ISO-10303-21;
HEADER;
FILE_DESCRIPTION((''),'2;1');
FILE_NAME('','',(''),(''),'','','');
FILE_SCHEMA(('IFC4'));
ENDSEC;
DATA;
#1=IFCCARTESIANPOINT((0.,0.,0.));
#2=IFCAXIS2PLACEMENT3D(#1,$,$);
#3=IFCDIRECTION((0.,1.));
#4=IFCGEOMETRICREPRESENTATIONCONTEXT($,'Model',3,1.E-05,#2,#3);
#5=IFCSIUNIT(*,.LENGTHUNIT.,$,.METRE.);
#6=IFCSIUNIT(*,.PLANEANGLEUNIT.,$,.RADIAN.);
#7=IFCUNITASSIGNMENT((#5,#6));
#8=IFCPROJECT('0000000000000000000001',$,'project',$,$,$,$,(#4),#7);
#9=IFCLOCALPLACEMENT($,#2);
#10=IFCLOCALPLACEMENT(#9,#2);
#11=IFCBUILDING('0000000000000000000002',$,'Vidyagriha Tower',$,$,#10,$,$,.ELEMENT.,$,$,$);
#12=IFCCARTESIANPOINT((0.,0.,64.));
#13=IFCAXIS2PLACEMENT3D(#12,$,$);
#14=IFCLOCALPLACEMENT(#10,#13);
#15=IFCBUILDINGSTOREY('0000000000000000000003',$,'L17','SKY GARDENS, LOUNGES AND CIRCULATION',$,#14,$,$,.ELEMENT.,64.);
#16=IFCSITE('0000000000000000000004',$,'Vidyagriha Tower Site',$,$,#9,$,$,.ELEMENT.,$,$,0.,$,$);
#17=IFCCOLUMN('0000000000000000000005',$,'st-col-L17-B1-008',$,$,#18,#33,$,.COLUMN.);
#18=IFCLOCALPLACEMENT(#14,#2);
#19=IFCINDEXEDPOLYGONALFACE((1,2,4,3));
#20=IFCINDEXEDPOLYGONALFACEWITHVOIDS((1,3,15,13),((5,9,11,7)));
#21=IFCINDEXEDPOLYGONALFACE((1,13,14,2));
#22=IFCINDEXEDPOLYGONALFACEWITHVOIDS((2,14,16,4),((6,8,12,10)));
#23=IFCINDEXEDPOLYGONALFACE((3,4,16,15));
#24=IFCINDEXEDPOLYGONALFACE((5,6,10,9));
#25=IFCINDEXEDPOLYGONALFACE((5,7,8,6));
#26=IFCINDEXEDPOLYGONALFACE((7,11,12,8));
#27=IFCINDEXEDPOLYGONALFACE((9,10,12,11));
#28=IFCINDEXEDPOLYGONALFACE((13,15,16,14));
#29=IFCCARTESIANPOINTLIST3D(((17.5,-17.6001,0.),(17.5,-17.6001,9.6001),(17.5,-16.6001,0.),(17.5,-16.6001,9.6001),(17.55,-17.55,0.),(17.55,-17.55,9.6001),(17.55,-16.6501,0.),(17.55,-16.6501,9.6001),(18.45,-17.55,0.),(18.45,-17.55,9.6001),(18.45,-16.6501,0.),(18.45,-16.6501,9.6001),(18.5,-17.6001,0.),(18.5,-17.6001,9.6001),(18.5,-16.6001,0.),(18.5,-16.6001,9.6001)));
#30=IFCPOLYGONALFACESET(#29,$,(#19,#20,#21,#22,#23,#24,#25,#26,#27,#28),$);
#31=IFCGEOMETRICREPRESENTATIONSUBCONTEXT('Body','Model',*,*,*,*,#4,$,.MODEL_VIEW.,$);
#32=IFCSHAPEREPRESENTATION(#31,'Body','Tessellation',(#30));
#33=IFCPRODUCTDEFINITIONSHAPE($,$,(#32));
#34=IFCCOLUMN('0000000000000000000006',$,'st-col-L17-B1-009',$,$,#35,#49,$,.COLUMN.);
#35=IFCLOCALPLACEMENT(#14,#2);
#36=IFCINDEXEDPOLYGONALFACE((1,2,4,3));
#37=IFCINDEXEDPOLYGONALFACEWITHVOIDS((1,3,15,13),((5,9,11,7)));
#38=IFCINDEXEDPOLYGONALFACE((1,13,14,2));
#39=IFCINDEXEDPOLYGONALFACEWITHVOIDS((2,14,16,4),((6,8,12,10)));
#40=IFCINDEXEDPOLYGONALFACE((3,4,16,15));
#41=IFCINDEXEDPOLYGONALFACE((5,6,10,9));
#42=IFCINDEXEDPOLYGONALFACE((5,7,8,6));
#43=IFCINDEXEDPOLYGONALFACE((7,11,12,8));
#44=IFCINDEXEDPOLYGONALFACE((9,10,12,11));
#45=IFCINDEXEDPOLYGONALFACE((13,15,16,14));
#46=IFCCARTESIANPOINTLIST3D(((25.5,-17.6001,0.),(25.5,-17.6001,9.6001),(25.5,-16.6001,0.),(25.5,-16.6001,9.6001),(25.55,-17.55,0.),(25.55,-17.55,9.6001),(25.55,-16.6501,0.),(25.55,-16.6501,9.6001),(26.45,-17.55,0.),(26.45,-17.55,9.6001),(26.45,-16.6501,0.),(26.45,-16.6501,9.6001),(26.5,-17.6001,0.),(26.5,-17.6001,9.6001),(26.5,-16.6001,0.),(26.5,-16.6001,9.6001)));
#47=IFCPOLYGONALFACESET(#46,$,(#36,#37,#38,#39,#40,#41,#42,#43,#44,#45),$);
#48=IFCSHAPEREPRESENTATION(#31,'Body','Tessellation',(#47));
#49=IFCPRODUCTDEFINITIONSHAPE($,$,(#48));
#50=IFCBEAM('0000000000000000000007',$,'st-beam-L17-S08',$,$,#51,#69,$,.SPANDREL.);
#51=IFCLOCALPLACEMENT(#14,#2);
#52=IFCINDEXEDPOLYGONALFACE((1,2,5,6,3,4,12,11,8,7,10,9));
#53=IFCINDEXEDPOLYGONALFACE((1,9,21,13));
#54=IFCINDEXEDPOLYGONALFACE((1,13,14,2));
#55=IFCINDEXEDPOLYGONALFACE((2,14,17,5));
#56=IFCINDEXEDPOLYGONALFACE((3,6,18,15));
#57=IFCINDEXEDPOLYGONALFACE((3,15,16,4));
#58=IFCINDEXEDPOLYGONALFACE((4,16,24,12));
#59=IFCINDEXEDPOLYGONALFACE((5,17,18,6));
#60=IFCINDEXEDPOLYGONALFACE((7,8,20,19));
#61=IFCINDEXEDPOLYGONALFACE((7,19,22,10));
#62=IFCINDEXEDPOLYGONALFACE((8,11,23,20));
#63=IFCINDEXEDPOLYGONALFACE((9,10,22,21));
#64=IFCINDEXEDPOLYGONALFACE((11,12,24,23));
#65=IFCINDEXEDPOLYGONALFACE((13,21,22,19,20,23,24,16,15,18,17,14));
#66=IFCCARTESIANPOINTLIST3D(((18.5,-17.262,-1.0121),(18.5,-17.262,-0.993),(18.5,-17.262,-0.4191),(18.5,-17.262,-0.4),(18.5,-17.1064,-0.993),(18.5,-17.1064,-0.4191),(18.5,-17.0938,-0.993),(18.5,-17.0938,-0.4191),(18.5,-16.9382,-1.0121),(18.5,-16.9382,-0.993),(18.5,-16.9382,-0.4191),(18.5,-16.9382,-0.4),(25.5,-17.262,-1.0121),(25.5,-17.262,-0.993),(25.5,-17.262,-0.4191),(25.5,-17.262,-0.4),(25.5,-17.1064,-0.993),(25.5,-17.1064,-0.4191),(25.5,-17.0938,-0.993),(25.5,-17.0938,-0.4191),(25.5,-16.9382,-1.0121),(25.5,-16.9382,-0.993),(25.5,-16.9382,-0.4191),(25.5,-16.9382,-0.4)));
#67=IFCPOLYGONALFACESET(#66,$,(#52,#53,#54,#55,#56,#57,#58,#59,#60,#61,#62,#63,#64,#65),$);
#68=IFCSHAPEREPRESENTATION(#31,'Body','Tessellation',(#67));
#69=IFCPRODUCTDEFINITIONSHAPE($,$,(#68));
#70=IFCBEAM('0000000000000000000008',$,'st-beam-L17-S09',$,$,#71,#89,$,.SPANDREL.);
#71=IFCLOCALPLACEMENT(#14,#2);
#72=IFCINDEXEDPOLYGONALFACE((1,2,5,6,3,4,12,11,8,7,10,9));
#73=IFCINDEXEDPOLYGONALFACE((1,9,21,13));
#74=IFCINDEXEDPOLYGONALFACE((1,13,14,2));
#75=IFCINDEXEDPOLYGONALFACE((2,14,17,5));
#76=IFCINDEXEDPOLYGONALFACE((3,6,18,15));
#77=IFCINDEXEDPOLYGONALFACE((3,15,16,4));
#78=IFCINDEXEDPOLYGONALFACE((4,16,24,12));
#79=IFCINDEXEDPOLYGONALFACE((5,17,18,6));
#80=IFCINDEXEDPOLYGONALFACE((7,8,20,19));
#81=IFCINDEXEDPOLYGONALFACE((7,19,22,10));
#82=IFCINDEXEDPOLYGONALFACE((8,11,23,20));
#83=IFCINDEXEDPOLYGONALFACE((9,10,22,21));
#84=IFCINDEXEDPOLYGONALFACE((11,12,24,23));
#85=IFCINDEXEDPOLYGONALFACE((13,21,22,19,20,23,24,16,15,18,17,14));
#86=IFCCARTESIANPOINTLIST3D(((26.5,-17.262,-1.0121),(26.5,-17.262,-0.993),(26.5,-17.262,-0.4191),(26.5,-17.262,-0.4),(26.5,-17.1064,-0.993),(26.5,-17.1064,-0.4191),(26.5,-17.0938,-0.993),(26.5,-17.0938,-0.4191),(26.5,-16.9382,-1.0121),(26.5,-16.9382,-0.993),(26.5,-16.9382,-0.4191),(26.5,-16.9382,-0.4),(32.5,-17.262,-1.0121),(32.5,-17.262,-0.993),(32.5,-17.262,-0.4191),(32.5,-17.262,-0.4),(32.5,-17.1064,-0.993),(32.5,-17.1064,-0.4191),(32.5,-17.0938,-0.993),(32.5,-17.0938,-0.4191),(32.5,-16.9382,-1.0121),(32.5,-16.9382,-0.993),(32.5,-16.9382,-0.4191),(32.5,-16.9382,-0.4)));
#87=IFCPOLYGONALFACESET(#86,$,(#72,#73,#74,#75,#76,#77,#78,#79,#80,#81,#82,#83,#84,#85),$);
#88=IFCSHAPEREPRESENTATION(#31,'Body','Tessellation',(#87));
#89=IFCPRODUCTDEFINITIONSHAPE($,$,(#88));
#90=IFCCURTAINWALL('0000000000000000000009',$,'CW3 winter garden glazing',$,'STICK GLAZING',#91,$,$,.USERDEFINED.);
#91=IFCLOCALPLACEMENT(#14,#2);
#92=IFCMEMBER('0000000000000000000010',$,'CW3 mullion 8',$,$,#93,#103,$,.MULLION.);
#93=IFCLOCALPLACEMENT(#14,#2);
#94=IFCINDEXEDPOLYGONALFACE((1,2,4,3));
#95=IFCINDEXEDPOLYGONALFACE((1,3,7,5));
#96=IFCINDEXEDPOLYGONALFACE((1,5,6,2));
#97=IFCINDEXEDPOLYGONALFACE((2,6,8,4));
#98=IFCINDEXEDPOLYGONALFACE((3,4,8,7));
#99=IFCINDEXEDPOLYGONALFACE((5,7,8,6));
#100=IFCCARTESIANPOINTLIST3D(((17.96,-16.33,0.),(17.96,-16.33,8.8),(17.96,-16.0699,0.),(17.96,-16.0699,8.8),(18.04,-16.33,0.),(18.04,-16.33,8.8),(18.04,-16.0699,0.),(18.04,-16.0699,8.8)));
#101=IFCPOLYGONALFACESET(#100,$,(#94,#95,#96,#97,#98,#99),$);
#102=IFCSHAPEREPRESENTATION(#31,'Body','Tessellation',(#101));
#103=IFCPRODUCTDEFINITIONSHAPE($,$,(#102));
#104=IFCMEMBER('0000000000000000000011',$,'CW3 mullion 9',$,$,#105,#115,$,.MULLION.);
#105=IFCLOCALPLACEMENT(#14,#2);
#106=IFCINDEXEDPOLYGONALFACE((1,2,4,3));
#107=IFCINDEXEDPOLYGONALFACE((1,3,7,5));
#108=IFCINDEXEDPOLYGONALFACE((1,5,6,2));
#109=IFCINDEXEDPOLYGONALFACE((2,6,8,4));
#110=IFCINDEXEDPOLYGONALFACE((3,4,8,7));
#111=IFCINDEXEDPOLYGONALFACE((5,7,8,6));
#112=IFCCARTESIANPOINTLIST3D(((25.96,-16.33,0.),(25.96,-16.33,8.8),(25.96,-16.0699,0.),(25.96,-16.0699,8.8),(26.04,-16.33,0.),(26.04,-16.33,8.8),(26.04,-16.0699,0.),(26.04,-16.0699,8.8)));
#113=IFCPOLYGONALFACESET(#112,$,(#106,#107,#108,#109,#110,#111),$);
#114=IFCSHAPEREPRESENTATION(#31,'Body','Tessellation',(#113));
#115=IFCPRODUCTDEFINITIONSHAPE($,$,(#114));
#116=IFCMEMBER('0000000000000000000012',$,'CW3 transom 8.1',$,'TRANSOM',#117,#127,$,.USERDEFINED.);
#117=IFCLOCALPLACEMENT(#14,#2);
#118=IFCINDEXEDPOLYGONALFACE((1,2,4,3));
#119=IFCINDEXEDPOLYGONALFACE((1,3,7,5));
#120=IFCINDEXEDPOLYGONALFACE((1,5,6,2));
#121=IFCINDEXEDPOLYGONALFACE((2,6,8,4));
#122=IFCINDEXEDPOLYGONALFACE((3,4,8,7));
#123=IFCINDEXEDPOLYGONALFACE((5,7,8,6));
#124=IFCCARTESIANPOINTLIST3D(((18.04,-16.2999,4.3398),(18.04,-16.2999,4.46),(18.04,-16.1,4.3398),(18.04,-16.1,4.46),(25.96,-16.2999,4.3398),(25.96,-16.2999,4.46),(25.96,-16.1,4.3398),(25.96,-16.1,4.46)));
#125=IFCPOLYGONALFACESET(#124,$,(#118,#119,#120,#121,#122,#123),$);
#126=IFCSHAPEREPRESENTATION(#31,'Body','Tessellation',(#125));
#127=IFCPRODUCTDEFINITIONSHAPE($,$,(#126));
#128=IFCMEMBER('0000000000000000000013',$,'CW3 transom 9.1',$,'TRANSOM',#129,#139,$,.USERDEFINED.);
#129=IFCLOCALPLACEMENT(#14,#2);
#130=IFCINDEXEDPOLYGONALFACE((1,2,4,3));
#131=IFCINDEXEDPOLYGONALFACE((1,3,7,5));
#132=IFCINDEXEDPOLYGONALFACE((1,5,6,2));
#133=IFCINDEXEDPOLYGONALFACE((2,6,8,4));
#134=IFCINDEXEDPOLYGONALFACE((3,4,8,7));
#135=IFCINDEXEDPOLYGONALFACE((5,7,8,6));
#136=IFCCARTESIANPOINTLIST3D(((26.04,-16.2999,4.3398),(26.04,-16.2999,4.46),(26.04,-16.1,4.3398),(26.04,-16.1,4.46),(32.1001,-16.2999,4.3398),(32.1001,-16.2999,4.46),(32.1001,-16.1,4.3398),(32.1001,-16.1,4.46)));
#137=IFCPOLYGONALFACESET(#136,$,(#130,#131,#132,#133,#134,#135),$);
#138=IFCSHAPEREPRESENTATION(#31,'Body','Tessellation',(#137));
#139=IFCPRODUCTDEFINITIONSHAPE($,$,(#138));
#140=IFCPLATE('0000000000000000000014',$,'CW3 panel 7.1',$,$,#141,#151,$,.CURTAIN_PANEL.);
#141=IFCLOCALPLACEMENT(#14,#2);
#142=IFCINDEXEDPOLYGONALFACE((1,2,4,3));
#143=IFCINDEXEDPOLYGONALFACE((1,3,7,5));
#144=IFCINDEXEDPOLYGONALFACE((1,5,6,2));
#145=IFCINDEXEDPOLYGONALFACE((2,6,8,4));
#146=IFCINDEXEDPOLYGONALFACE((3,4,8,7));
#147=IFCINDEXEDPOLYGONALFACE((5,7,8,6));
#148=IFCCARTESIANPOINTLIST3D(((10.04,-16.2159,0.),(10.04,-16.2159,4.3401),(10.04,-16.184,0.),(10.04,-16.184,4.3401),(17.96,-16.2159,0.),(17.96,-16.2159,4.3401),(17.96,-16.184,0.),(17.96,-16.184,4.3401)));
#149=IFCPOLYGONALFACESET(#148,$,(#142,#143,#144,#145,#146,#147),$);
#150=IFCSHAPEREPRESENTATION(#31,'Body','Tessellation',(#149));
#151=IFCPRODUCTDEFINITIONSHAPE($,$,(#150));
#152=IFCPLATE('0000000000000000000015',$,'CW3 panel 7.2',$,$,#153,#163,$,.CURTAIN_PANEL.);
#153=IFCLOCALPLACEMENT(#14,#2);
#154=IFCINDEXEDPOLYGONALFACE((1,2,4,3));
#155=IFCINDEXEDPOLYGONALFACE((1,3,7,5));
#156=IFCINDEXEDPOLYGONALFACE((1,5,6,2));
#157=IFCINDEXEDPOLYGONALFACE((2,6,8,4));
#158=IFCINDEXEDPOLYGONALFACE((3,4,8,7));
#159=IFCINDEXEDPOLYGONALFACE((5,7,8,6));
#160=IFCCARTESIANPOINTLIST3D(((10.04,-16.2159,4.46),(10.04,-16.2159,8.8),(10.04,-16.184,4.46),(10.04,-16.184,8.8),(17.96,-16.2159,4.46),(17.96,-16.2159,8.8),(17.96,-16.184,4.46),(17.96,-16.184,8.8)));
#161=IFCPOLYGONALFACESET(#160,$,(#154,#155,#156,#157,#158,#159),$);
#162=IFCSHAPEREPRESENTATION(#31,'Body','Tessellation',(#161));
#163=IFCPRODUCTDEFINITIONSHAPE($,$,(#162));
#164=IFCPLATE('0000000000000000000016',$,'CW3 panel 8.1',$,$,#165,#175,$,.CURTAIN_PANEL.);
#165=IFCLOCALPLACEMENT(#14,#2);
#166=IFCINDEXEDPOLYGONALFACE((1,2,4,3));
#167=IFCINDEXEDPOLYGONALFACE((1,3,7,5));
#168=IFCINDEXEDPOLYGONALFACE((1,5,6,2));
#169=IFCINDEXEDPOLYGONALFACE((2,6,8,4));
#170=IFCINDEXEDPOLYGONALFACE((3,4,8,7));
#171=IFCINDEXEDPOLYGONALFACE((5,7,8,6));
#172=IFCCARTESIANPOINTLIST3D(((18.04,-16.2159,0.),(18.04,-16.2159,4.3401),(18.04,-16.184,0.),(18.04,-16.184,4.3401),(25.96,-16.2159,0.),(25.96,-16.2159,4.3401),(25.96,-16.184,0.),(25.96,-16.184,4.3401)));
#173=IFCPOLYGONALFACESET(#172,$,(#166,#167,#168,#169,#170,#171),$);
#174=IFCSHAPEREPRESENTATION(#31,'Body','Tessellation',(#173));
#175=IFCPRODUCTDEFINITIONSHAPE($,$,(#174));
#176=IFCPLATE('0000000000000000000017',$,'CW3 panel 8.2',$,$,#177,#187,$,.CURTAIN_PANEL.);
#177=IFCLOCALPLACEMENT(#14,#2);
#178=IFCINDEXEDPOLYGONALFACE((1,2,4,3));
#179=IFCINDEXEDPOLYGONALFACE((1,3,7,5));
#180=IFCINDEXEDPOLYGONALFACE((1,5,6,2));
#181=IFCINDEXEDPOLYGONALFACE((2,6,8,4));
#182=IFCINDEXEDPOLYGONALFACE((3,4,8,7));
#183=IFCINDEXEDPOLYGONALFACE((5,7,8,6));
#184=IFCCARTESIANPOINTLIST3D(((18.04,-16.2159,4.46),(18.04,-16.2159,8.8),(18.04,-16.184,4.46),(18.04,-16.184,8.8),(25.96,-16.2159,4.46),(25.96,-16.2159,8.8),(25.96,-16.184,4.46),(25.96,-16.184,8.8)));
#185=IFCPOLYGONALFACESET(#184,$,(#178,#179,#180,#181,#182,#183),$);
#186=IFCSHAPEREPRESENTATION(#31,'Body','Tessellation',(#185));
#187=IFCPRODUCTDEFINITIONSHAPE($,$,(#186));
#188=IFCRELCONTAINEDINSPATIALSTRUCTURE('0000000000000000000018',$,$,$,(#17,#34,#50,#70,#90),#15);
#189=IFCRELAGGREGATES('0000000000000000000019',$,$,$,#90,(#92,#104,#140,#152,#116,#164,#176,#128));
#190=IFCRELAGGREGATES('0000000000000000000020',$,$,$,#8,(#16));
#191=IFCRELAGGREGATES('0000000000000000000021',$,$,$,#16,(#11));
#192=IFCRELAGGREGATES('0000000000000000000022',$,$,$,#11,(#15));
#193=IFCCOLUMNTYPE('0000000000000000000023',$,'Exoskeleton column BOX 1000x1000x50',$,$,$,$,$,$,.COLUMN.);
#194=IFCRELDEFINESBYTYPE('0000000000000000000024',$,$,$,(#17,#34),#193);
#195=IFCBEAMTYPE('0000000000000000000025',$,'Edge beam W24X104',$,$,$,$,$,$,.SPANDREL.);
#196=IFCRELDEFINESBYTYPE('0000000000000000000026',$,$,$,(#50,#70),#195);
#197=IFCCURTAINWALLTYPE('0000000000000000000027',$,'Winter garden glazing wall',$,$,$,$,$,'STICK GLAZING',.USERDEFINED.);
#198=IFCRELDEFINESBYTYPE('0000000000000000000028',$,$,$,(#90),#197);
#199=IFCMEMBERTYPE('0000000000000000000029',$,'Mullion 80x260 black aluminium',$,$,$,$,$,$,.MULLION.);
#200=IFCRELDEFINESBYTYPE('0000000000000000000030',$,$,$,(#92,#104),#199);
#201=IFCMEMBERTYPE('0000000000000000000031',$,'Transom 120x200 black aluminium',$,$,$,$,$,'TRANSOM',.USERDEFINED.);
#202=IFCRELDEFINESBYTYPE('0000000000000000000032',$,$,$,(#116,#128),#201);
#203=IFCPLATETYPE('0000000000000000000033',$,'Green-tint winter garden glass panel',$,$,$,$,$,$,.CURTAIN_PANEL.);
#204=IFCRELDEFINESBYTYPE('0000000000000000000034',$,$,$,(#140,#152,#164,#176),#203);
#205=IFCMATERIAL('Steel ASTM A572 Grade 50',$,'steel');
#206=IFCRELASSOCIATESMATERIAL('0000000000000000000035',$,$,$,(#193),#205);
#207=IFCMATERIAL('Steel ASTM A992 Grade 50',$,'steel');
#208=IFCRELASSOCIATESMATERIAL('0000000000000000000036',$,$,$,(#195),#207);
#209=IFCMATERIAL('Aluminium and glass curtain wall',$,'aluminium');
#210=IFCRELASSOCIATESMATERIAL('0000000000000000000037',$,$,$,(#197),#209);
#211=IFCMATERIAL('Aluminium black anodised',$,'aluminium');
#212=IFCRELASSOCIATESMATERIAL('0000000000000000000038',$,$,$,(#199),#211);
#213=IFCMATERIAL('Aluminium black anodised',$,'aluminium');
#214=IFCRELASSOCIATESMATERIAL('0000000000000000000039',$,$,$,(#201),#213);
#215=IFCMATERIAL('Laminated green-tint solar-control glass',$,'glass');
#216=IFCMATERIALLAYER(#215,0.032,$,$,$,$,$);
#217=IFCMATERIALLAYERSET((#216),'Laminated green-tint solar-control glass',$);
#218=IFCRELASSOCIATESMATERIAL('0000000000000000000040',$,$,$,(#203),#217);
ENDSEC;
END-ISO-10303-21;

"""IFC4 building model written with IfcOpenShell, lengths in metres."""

from ifc_helpers import new_model, si_unit, direction, frame, origin, origin_2d, place, context, subcontext, project, spatial, rectangle, hollow_rectangle, i_section, extrude, material, layer, layer_set, material_profile, profile_set, type_object, element, aggregate, save


model = new_model("IFC4")

# Units and contexts
model_context = context("Model", 3, precision=1e-05, world=origin(), true_north=direction((0.0, 1.0)))
body_context = subcontext(model_context, "Body", "Model", "MODEL_VIEW")
ifc_project = project(units=[si_unit("LENGTHUNIT", "METRE"), si_unit("PLANEANGLEUNIT", "RADIAN")], contexts=[model_context])

# Site, building, storey
site_placement = place(None, origin())
site = spatial("IfcSite", under=ifc_project, at=site_placement, Name="Vidyagriha Tower Site", CompositionType="ELEMENT", RefElevation=0.0)
building_placement = place(site_placement, origin())
building = spatial("IfcBuilding", under=site, at=building_placement, Name="Vidyagriha Tower", CompositionType="ELEMENT")
storey_placement = place(building_placement, frame((0.0, 0.0, 64.0)))
storey = spatial("IfcBuildingStorey", under=building, at=storey_placement, Name="L17", Description="SKY GARDENS, LOUNGES AND CIRCULATION", CompositionType="ELEMENT", Elevation=64.0)

# Columns
ifc_material_1 = material(Name="Steel ASTM A572 Grade 50", Category="steel")
ifc_material_profile_1 = material_profile(ifc_material_1, hollow_rectangle(XDim=1.0, YDim=1.0, WallThickness=0.05, at=origin_2d()), Name="BOX 1000x1000x50")
ifc_profile_set_1 = profile_set([ifc_material_profile_1], Name="Steel ASTM A572 Grade 50")
column_type = type_object("IfcColumnType", Name="Exoskeleton column BOX 1000x1000x50", PredefinedType="COLUMN", material=ifc_profile_set_1)
for number, where, name in (
    (1, (18.0, -17.1001, 0.0), "st-col-L17-B1-008"),
    (2, (26.0, -17.1001, 0.0), "st-col-L17-B1-009"),
):
    element("IfcColumn", number, at=place(storey_placement, frame(where)), inside=storey, type_object=column_type, Name=name, PredefinedType="COLUMN", context=body_context, shape_type="SweptSolid", body=[
        extrude(hollow_rectangle(XDim=1.0, YDim=1.0, WallThickness=0.05, at=origin_2d()), origin(), (0.0, 0.0, 1.0), 9.6001),
    ])

# Beams
ifc_material_2 = material(Name="Steel ASTM A992 Grade 50", Category="steel")
ifc_material_profile_2 = material_profile(ifc_material_2, i_section(OverallWidth=0.3237, OverallDepth=0.6121, WebThickness=0.0127, FlangeThickness=0.019, at=origin_2d()), Name="W24X104")
ifc_profile_set_2 = profile_set([ifc_material_profile_2], Name="Steel ASTM A992 Grade 50")
beam_type = type_object("IfcBeamType", Name="Edge beam W24X104", PredefinedType="SPANDREL", material=ifc_profile_set_2)
beam_1_placement = place(storey_placement, frame((18.5, -17.1001, -0.7061), z_axis=(1.0, 0.0, 0.0), x_axis=(0.0, 1.0, 0.0)))
element("IfcBeam", 3, at=beam_1_placement, inside=storey, type_object=beam_type, Name="st-beam-L17-S08", PredefinedType="SPANDREL", context=body_context, shape_type="SweptSolid", body=[
    extrude(i_section(OverallWidth=0.3237, OverallDepth=0.6121, WebThickness=0.0127, FlangeThickness=0.019, at=origin_2d()), origin(), (0.0, 0.0, 1.0), 7.0),
])
beam_2_placement = place(storey_placement, frame((26.5, -17.1001, -0.7061), z_axis=(1.0, 0.0, 0.0), x_axis=(0.0, 1.0, 0.0)))
element("IfcBeam", 4, at=beam_2_placement, inside=storey, type_object=beam_type, Name="st-beam-L17-S09", PredefinedType="SPANDREL", context=body_context, shape_type="SweptSolid", body=[
    extrude(i_section(OverallWidth=0.3237, OverallDepth=0.6121, WebThickness=0.0127, FlangeThickness=0.019, at=origin_2d()), origin(), (0.0, 0.0, 1.0), 6.0),
])

# Curtain wall, members, plates
ifc_material_3 = material(Name="Aluminium and glass curtain wall", Category="aluminium")
curtain_wall_type = type_object("IfcCurtainWallType", Name="Winter garden glazing wall", ElementType="STICK GLAZING", PredefinedType="USERDEFINED", material=ifc_material_3)
curtain_wall_placement = place(storey_placement, origin())
curtain_wall = element("IfcCurtainWall", 5, at=curtain_wall_placement, inside=storey, type_object=curtain_wall_type, Name="CW3 winter garden glazing", ObjectType="STICK GLAZING", PredefinedType="USERDEFINED")
ifc_material_4 = material(Name="Aluminium black anodised", Category="aluminium")
ifc_material_profile_3 = material_profile(ifc_material_4, rectangle(XDim=0.26, YDim=0.0801, at=origin_2d()), Name="Mullion 80x260 black aluminium")
ifc_profile_set_3 = profile_set([ifc_material_profile_3], Name="Aluminium black anodised")
member_type_1 = type_object("IfcMemberType", Name="Mullion 80x260 black aluminium", PredefinedType="MULLION", material=ifc_profile_set_3)
member_1_placement = place(storey_placement, frame((18.0, -16.2, 0.0), z_axis=(0.0, 0.0, 1.0), x_axis=(0.0, 1.0, 0.0)))
member_1 = element("IfcMember", 6, at=member_1_placement, type_object=member_type_1, Name="CW3 mullion 8", PredefinedType="MULLION", context=body_context, shape_type="SweptSolid", body=[
    extrude(rectangle(XDim=0.26, YDim=0.0801, at=origin_2d()), origin(), (0.0, 0.0, 1.0), 8.8),
])
member_2_placement = place(storey_placement, frame((26.0, -16.2, 0.0), z_axis=(0.0, 0.0, 1.0), x_axis=(0.0, 1.0, 0.0)))
member_2 = element("IfcMember", 7, at=member_2_placement, type_object=member_type_1, Name="CW3 mullion 9", PredefinedType="MULLION", context=body_context, shape_type="SweptSolid", body=[
    extrude(rectangle(XDim=0.26, YDim=0.0801, at=origin_2d()), origin(), (0.0, 0.0, 1.0), 8.8),
])
ifc_material_5 = material(Name="Aluminium black anodised", Category="aluminium")
ifc_material_profile_4 = material_profile(ifc_material_5, rectangle(XDim=0.2, YDim=0.1201, at=origin_2d()), Name="Transom 120x200 black aluminium")
ifc_profile_set_4 = profile_set([ifc_material_profile_4], Name="Aluminium black anodised")
member_type_2 = type_object("IfcMemberType", Name="Transom 120x200 black aluminium", ElementType="TRANSOM", PredefinedType="USERDEFINED", material=ifc_profile_set_4)
member_3_placement = place(storey_placement, frame((18.04, -16.2, 4.3999), z_axis=(1.0, 0.0, 0.0), x_axis=(0.0, 1.0, 0.0)))
member_3 = element("IfcMember", 8, at=member_3_placement, type_object=member_type_2, Name="CW3 transom 8.1", ObjectType="TRANSOM", PredefinedType="USERDEFINED", context=body_context, shape_type="SweptSolid", body=[
    extrude(rectangle(XDim=0.2, YDim=0.1201, at=origin_2d()), origin(), (0.0, 0.0, 1.0), 7.9199),
])
member_4_placement = place(storey_placement, frame((26.04, -16.2, 4.3999), z_axis=(1.0, 0.0, 0.0), x_axis=(0.0, 1.0, 0.0)))
member_4 = element("IfcMember", 9, at=member_4_placement, type_object=member_type_2, Name="CW3 transom 9.1", ObjectType="TRANSOM", PredefinedType="USERDEFINED", context=body_context, shape_type="SweptSolid", body=[
    extrude(rectangle(XDim=0.2, YDim=0.1201, at=origin_2d()), origin(), (0.0, 0.0, 1.0), 6.0601),
])
ifc_material_6 = material(Name="Laminated green-tint solar-control glass", Category="glass")
ifc_layer_1 = layer(ifc_material_6, 0.032)
ifc_layer_set_1 = layer_set([ifc_layer_1], Name="Laminated green-tint solar-control glass")
plate_type = type_object("IfcPlateType", Name="Green-tint winter garden glass panel", PredefinedType="CURTAIN_PANEL", material=ifc_layer_set_1)
plate_1_placement = place(storey_placement, frame((14.0, -16.2, 0.0)))
plate_1 = element("IfcPlate", 10, at=plate_1_placement, type_object=plate_type, Name="CW3 panel 7.1", PredefinedType="CURTAIN_PANEL", context=body_context, shape_type="SweptSolid", body=[
    extrude(rectangle(XDim=7.9199, YDim=0.032, at=origin_2d()), origin(), (0.0, 0.0, 1.0), 4.3401),
])
plate_2_placement = place(storey_placement, frame((14.0, -16.2, 4.46)))
plate_2 = element("IfcPlate", 11, at=plate_2_placement, type_object=plate_type, Name="CW3 panel 7.2", PredefinedType="CURTAIN_PANEL", context=body_context, shape_type="SweptSolid", body=[
    extrude(rectangle(XDim=7.9199, YDim=0.032, at=origin_2d()), origin(), (0.0, 0.0, 1.0), 4.3401),
])
plate_3_placement = place(storey_placement, frame((22.0, -16.2, 0.0)))
plate_3 = element("IfcPlate", 12, at=plate_3_placement, type_object=plate_type, Name="CW3 panel 8.1", PredefinedType="CURTAIN_PANEL", context=body_context, shape_type="SweptSolid", body=[
    extrude(rectangle(XDim=7.9199, YDim=0.032, at=origin_2d()), origin(), (0.0, 0.0, 1.0), 4.3401),
])
plate_4_placement = place(storey_placement, frame((22.0, -16.2, 4.46)))
plate_4 = element("IfcPlate", 13, at=plate_4_placement, type_object=plate_type, Name="CW3 panel 8.2", PredefinedType="CURTAIN_PANEL", context=body_context, shape_type="SweptSolid", body=[
    extrude(rectangle(XDim=7.9199, YDim=0.032, at=origin_2d()), origin(), (0.0, 0.0, 1.0), 4.3401),
])
aggregate(curtain_wall, [member_1, member_2, plate_1, plate_2, member_3, plate_3, plate_4, member_4])

save(model, "model.ifc")
